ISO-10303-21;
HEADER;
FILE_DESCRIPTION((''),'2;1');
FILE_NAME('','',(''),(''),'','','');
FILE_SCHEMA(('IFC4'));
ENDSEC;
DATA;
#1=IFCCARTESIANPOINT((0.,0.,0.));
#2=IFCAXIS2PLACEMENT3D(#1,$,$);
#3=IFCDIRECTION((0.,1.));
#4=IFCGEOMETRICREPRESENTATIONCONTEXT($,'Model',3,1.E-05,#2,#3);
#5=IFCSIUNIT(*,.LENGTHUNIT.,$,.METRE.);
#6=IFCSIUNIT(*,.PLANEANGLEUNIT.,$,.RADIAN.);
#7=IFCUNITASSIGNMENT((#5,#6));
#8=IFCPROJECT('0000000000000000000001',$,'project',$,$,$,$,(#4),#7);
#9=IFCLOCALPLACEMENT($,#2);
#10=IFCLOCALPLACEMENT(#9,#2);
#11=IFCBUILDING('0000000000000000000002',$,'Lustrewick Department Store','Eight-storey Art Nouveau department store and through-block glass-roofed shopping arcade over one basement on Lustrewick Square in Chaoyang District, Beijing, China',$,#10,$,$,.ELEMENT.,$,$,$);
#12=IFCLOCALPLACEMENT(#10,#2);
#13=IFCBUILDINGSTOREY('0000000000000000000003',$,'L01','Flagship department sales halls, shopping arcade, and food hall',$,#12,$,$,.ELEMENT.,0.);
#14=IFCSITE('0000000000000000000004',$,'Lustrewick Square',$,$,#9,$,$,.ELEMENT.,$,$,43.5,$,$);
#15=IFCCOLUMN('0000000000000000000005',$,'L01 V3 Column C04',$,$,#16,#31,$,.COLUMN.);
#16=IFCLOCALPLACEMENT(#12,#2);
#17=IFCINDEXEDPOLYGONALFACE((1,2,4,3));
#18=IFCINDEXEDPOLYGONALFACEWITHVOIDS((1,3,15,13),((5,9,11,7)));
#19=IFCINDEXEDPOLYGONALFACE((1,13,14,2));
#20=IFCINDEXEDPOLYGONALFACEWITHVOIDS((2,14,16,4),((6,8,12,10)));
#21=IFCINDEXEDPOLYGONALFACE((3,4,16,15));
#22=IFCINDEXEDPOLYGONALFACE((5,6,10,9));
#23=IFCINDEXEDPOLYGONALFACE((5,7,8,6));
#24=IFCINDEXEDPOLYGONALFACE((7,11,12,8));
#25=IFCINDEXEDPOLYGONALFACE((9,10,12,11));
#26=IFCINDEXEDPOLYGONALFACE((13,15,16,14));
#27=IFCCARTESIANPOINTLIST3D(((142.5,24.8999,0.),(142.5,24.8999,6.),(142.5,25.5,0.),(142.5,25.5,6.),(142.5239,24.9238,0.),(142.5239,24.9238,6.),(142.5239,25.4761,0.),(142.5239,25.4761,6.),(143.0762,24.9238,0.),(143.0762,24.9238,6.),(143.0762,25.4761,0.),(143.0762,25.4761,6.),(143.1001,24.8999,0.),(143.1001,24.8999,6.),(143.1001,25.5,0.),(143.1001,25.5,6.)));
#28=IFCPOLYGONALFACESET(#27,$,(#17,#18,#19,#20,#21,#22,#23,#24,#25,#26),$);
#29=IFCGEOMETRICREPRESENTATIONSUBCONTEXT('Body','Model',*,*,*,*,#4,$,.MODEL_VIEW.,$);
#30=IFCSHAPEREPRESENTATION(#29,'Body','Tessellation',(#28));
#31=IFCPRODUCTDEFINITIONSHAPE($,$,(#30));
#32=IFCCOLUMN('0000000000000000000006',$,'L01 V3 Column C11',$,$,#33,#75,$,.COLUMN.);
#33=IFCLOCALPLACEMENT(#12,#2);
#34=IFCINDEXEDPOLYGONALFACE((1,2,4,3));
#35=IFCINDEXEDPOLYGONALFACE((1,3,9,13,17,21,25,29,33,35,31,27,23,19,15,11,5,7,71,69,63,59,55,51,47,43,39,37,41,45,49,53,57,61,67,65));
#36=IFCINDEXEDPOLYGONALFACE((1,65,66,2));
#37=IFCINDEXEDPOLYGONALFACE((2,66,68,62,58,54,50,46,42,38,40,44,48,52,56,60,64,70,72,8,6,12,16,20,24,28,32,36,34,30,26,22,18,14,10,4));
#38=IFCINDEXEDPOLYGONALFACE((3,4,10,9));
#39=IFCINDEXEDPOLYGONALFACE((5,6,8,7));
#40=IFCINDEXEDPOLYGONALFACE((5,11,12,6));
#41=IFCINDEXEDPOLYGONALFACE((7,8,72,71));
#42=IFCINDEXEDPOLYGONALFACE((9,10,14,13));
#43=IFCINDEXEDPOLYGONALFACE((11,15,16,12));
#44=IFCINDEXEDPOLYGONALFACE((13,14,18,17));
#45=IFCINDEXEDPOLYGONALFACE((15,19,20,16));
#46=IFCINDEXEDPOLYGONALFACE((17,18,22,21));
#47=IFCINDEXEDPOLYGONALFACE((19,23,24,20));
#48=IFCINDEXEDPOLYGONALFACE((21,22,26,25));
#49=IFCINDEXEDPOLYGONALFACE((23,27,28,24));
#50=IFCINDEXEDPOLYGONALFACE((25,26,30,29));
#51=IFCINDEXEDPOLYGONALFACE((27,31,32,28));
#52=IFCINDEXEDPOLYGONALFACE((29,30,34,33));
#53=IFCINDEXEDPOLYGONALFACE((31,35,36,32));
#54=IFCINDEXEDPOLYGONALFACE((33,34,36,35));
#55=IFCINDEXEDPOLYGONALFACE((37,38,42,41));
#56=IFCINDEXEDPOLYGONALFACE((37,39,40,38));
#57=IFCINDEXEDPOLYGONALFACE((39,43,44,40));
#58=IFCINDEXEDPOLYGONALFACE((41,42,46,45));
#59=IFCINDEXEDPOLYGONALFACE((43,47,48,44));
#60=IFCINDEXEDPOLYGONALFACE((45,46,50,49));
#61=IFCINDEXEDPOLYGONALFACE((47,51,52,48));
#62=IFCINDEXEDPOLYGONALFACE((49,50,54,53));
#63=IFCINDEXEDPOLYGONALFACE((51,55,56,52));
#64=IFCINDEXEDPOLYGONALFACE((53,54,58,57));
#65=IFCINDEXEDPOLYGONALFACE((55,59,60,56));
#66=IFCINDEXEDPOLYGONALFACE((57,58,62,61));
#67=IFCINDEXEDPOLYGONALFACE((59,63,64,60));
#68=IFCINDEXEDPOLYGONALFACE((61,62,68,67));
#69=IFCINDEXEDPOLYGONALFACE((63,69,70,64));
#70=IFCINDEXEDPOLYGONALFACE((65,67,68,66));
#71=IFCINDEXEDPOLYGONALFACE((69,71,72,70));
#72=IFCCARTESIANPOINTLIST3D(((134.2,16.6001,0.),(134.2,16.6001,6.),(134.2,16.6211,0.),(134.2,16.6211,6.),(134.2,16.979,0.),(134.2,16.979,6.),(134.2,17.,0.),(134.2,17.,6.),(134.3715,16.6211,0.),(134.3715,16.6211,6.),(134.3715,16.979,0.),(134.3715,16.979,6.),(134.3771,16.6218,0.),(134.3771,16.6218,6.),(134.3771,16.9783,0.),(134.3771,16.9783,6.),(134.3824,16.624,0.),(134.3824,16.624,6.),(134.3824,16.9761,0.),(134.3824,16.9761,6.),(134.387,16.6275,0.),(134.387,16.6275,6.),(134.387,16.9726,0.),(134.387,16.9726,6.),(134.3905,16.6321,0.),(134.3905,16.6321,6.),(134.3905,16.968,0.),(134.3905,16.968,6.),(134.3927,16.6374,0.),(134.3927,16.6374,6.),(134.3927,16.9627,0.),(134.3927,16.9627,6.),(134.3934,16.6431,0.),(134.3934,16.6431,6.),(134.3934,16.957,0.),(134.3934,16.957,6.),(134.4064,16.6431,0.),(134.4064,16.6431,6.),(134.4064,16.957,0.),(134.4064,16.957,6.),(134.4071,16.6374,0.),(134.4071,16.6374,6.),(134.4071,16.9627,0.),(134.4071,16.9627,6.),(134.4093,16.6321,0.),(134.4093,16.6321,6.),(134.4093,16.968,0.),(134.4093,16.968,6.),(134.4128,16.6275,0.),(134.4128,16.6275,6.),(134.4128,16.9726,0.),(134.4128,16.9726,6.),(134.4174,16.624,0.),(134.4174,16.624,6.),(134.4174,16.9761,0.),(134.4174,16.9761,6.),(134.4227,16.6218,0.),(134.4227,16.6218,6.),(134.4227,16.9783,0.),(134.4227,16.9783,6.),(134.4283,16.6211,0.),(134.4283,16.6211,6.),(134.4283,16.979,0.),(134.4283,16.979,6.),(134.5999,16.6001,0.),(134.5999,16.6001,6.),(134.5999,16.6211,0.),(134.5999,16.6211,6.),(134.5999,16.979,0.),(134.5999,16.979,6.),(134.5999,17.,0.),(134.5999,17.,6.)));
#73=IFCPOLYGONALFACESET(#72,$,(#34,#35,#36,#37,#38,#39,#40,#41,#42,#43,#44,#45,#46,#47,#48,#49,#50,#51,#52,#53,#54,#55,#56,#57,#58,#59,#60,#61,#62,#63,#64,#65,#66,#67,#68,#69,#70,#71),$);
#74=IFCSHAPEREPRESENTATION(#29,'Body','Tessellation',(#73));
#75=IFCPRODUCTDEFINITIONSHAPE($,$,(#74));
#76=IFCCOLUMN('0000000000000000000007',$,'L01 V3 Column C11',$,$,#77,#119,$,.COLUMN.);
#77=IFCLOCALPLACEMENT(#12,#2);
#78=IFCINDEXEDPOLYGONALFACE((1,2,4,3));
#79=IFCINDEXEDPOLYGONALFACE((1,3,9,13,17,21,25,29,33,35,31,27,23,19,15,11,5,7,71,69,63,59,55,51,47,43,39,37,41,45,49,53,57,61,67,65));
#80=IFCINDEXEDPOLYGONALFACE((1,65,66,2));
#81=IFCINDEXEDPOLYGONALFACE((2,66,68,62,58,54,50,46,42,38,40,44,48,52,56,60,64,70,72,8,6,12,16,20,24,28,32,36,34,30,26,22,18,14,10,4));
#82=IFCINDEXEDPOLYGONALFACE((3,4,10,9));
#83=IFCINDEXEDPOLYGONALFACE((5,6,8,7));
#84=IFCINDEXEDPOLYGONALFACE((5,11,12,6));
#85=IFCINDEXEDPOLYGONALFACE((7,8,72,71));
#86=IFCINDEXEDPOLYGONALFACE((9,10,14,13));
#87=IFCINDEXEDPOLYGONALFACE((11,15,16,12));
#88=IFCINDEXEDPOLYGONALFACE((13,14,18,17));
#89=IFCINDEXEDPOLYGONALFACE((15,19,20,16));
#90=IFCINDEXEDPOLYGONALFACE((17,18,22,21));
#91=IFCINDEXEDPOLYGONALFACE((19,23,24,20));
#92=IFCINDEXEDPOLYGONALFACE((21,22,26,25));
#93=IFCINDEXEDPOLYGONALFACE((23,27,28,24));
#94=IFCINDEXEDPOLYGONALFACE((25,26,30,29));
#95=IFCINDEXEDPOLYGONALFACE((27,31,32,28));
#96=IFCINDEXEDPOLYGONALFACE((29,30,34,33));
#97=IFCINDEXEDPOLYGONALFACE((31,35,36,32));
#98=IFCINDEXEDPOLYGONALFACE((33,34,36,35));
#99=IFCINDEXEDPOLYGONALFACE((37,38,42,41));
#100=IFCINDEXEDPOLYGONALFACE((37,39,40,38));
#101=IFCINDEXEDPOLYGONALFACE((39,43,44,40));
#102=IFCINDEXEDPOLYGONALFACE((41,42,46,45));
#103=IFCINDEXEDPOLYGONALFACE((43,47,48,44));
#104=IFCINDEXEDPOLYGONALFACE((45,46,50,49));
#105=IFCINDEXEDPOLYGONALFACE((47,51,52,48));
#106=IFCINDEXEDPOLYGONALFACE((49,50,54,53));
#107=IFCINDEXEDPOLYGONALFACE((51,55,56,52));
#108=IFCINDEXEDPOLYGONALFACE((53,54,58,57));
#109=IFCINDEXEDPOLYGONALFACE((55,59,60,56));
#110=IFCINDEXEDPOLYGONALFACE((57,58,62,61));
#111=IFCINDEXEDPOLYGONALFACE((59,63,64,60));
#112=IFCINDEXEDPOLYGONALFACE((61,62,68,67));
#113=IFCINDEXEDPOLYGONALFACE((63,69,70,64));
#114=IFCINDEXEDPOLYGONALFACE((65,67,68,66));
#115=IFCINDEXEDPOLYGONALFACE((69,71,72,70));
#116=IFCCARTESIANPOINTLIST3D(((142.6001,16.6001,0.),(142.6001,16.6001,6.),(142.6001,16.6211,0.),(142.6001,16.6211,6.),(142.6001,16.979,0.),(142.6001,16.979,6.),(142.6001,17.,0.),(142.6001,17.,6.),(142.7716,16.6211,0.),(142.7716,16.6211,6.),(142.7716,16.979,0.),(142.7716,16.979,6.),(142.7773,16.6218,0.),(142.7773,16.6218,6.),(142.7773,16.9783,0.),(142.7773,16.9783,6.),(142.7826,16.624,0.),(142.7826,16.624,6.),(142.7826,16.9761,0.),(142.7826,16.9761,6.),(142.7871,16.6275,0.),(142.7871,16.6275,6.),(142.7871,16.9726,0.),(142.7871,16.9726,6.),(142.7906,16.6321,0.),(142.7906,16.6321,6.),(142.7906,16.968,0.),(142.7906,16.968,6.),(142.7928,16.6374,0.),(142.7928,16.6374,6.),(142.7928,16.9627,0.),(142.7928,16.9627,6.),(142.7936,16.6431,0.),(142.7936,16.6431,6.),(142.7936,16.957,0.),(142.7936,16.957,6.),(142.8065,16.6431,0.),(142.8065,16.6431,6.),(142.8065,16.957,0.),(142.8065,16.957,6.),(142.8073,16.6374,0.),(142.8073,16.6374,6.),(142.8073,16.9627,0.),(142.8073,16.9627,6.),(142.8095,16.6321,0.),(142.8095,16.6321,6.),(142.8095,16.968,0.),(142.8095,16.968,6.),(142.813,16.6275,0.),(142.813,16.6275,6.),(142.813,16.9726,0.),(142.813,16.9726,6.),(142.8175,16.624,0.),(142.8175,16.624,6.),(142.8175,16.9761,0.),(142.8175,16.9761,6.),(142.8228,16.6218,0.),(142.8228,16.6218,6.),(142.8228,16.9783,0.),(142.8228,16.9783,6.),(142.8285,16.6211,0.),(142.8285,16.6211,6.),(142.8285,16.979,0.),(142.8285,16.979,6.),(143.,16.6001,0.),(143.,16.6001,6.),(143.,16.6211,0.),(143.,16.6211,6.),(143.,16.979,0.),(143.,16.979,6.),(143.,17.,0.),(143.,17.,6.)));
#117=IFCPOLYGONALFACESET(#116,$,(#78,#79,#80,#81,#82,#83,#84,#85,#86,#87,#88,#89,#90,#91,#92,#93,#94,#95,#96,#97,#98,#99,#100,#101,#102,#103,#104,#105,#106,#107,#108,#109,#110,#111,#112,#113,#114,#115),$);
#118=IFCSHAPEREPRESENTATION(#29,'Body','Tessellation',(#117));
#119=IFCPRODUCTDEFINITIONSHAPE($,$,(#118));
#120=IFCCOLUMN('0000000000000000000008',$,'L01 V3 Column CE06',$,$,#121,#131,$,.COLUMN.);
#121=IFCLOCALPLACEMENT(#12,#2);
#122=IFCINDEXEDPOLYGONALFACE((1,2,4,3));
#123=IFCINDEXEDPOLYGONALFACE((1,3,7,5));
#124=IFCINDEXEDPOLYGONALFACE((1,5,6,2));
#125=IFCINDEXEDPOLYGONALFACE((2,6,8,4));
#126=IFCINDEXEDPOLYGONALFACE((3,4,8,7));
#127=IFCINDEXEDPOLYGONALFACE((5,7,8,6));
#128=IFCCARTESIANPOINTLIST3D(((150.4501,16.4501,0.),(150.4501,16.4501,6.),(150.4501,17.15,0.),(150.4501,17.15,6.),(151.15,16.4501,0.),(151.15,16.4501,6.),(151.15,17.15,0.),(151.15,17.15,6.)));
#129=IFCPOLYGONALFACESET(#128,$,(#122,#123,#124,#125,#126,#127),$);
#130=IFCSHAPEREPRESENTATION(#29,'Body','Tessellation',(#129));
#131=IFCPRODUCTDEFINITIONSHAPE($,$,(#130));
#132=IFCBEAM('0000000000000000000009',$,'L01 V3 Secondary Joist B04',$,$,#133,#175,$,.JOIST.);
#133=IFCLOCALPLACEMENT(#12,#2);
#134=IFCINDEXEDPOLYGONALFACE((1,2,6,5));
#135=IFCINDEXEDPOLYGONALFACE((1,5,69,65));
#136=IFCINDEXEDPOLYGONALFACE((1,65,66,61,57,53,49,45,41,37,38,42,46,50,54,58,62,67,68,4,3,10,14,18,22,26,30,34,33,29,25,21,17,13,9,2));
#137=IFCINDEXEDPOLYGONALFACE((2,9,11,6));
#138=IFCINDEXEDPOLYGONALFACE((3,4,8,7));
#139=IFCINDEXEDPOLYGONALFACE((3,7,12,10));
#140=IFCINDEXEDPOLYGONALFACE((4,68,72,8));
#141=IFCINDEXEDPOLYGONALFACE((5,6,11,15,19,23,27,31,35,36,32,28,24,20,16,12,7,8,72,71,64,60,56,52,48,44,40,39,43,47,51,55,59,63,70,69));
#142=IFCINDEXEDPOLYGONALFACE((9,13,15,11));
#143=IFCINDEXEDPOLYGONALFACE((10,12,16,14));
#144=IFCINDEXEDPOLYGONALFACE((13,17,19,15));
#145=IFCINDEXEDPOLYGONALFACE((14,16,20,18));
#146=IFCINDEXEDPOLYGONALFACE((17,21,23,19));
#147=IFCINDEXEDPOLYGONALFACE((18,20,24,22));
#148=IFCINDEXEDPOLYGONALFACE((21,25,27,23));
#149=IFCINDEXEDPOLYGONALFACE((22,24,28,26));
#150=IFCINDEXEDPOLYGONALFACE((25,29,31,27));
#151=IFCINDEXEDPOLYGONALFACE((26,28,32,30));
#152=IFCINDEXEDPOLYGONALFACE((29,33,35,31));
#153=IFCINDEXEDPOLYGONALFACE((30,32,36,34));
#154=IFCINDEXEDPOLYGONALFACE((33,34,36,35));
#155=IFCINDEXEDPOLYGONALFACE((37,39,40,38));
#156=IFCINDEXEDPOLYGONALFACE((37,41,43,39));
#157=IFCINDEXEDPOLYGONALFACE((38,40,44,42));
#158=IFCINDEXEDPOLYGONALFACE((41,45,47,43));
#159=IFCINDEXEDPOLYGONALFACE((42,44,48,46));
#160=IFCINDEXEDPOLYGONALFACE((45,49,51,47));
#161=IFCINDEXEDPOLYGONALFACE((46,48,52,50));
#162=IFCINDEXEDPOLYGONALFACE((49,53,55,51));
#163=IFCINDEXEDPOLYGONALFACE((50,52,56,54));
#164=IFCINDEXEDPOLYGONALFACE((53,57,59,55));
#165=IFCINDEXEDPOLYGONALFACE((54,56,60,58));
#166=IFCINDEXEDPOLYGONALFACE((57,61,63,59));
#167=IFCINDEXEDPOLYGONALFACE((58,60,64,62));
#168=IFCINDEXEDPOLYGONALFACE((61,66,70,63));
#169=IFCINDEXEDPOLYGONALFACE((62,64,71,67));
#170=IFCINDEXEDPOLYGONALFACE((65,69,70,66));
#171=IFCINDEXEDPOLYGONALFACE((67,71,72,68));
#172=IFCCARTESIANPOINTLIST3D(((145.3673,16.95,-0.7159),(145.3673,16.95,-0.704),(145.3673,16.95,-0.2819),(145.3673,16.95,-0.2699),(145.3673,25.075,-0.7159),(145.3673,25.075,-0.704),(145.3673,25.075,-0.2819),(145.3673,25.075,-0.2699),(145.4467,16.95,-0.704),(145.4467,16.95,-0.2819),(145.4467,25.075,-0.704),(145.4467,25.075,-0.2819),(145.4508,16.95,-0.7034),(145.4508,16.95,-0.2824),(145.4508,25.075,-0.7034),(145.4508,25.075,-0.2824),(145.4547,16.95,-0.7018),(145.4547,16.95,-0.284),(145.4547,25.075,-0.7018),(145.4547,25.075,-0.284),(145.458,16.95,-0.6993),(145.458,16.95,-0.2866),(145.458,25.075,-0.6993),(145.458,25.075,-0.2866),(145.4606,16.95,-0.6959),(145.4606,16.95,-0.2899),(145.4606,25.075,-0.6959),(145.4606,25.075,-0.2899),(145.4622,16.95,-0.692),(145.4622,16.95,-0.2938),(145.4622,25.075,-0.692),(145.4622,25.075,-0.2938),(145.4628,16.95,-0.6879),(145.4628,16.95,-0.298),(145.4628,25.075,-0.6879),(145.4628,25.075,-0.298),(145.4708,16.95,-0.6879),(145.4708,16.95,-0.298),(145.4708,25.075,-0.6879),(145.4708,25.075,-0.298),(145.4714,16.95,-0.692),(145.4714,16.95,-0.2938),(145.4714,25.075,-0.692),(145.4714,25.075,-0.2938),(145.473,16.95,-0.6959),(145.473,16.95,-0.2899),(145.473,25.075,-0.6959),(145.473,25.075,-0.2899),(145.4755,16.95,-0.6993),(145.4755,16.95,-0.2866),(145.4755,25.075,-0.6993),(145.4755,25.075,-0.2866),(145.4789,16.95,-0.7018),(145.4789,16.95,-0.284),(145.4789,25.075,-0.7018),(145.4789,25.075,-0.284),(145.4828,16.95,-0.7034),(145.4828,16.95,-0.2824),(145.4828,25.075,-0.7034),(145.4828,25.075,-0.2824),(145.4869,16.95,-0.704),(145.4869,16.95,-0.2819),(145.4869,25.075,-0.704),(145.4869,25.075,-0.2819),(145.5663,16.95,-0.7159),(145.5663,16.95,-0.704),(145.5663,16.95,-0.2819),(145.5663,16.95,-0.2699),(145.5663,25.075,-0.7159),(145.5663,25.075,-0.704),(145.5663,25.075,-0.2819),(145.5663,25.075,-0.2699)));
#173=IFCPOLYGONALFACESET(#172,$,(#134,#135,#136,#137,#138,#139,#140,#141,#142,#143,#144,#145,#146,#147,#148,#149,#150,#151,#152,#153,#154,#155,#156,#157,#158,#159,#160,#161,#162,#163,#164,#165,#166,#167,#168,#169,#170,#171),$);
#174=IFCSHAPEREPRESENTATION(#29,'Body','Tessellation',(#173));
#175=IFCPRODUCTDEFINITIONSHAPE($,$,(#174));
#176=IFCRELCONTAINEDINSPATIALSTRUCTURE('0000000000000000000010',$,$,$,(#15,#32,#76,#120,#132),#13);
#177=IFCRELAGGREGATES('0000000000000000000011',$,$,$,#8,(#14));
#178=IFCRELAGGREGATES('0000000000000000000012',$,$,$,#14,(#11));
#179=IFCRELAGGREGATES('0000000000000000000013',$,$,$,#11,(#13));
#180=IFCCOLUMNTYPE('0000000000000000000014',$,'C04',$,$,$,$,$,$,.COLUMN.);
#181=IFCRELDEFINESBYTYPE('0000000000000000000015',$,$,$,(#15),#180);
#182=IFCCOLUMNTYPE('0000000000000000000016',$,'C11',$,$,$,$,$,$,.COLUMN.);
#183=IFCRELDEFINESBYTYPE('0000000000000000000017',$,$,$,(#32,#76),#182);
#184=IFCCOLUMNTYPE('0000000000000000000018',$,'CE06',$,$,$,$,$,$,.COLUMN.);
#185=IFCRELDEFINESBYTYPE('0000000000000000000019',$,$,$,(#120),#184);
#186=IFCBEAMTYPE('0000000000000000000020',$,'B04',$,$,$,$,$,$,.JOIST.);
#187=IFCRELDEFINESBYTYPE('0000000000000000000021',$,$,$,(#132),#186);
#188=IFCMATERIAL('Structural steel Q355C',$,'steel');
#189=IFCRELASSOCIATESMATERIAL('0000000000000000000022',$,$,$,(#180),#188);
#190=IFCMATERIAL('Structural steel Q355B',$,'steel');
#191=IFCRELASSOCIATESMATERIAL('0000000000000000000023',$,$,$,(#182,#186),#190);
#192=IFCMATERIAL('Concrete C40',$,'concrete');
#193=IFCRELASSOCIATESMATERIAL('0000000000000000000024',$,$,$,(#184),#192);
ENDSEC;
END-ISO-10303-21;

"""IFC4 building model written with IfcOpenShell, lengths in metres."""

from ifc_helpers import new_model, si_unit, direction, frame, origin, origin_2d, place, context, subcontext, project, spatial, rectangle, hollow_rectangle, i_section, extrude, material, material_profile, profile_set, type_object, element, save


model = new_model("IFC4")

# Units and contexts
model_context = context("Model", 3, precision=1e-05, world=origin(), true_north=direction((0.0, 1.0)))
body_context = subcontext(model_context, "Body", "Model", "MODEL_VIEW")
ifc_project = project(units=[si_unit("LENGTHUNIT", "METRE"), si_unit("PLANEANGLEUNIT", "RADIAN")], contexts=[model_context])

# Site, building, storey
site_placement = place(None, origin())
site = spatial("IfcSite", under=ifc_project, at=site_placement, Name="Lustrewick Square", CompositionType="ELEMENT", RefElevation=43.5)
building_placement = place(site_placement, origin())
building = spatial("IfcBuilding", under=site, at=building_placement, Name="Lustrewick Department Store", Description="Eight-storey Art Nouveau department store and through-block glass-roofed shopping arcade over one basement on Lustrewick Square in Chaoyang District, Beijing, China", CompositionType="ELEMENT")
storey_placement = place(building_placement, origin())
storey = spatial("IfcBuildingStorey", under=building, at=storey_placement, Name="L01", Description="Flagship department sales halls, shopping arcade, and food hall", CompositionType="ELEMENT", Elevation=0.0)

# Columns
ifc_material_1 = material(Name="Structural steel Q355C", Category="steel")
ifc_material_profile_1 = material_profile(ifc_material_1, hollow_rectangle(XDim=0.6001, YDim=0.6001, WallThickness=0.0239, at=origin_2d()), Name="BOX 600x600x24")
ifc_profile_set_1 = profile_set([ifc_material_profile_1], Name="Structural steel Q355C")
column_type_1 = type_object("IfcColumnType", Name="C04", PredefinedType="COLUMN", material=ifc_profile_set_1)
column_1_placement = place(storey_placement, frame((142.8, 25.2, 0.0), z_axis=(0.0, 0.0, 1.0), x_axis=(1.0, 0.0, 0.0)))
element("IfcColumn", 1, at=column_1_placement, inside=storey, type_object=column_type_1, Name="L01 V3 Column C04", PredefinedType="COLUMN", context=body_context, shape_type="SweptSolid", body=[
    extrude(hollow_rectangle(XDim=0.6001, YDim=0.6001, WallThickness=0.0239, at=origin_2d()), origin(), (0.0, 0.0, 1.0), 6.0),
])
ifc_material_2 = material(Name="Structural steel Q355B", Category="steel")
ifc_material_profile_2 = material_profile(ifc_material_2, i_section(OverallWidth=0.3999, OverallDepth=0.3999, WebThickness=0.0129, FlangeThickness=0.021, FilletRadius=0.022, at=origin_2d()), Name="HW 400x400x13x21")
ifc_profile_set_2 = profile_set([ifc_material_profile_2], Name="Structural steel Q355B")
column_type_2 = type_object("IfcColumnType", Name="C11", PredefinedType="COLUMN", material=ifc_profile_set_2)
for number, where, z_axis, x_axis, name in (
    (2, (134.3999, 16.8, 0.0), (0.0, 0.0, 1.0), (1.0, 0.0, 0.0), "L01 V3 Column C11"),
    (3, (142.8, 16.8, 0.0), (0.0, 0.0, 1.0), (1.0, 0.0, 0.0), "L01 V3 Column C11"),
):
    element("IfcColumn", number, at=place(storey_placement, frame(where, z_axis=z_axis, x_axis=x_axis)), inside=storey, type_object=column_type_2, Name=name, PredefinedType="COLUMN", context=body_context, shape_type="SweptSolid", body=[
        extrude(i_section(OverallWidth=0.3999, OverallDepth=0.3999, WebThickness=0.0129, FlangeThickness=0.021, FilletRadius=0.022, at=origin_2d()), origin(), (0.0, 0.0, 1.0), 6.0),
    ])
ifc_material_3 = material(Name="Concrete C40", Category="concrete")
ifc_material_profile_3 = material_profile(ifc_material_3, rectangle(XDim=0.7, YDim=0.7, at=origin_2d()), Name="RC 700x700")
ifc_profile_set_3 = profile_set([ifc_material_profile_3], Name="Concrete C40")
column_type_3 = type_object("IfcColumnType", Name="CE06", PredefinedType="COLUMN", material=ifc_profile_set_3)
column_2_placement = place(storey_placement, frame((150.8, 16.8, 0.0), z_axis=(0.0, 0.0, 1.0), x_axis=(1.0, 0.0, 0.0)))
element("IfcColumn", 4, at=column_2_placement, inside=storey, type_object=column_type_3, Name="L01 V3 Column CE06", PredefinedType="COLUMN", context=body_context, shape_type="SweptSolid", body=[
    extrude(rectangle(XDim=0.7, YDim=0.7, at=origin_2d()), origin(), (0.0, 0.0, 1.0), 6.0),
])

# Beam
ifc_material_profile_4 = material_profile(ifc_material_2, i_section(OverallWidth=0.199, OverallDepth=0.446, WebThickness=0.0081, FlangeThickness=0.012, FilletRadius=0.0161, at=origin_2d()), Name="HN 446x199x8x12")
ifc_profile_set_4 = profile_set([ifc_material_profile_4], Name="Structural steel Q355B")
beam_type_1 = type_object("IfcBeamType", Name="B04", PredefinedType="JOIST", material=ifc_profile_set_4)
beam_1_placement = place(storey_placement, frame((145.4668, 16.95, -0.4929), z_axis=(0.0, 1.0, 0.0), x_axis=(-1.0, 0.0, 0.0)))
element("IfcBeam", 5, at=beam_1_placement, inside=storey, type_object=beam_type_1, Name="L01 V3 Secondary Joist B04", PredefinedType="JOIST", context=body_context, shape_type="SweptSolid", body=[
    extrude(i_section(OverallWidth=0.199, OverallDepth=0.446, WebThickness=0.0081, FlangeThickness=0.012, FilletRadius=0.0161, at=origin_2d()), origin(), (0.0, 0.0, 1.0), 8.125),
])

save(model, "model.ifc")
